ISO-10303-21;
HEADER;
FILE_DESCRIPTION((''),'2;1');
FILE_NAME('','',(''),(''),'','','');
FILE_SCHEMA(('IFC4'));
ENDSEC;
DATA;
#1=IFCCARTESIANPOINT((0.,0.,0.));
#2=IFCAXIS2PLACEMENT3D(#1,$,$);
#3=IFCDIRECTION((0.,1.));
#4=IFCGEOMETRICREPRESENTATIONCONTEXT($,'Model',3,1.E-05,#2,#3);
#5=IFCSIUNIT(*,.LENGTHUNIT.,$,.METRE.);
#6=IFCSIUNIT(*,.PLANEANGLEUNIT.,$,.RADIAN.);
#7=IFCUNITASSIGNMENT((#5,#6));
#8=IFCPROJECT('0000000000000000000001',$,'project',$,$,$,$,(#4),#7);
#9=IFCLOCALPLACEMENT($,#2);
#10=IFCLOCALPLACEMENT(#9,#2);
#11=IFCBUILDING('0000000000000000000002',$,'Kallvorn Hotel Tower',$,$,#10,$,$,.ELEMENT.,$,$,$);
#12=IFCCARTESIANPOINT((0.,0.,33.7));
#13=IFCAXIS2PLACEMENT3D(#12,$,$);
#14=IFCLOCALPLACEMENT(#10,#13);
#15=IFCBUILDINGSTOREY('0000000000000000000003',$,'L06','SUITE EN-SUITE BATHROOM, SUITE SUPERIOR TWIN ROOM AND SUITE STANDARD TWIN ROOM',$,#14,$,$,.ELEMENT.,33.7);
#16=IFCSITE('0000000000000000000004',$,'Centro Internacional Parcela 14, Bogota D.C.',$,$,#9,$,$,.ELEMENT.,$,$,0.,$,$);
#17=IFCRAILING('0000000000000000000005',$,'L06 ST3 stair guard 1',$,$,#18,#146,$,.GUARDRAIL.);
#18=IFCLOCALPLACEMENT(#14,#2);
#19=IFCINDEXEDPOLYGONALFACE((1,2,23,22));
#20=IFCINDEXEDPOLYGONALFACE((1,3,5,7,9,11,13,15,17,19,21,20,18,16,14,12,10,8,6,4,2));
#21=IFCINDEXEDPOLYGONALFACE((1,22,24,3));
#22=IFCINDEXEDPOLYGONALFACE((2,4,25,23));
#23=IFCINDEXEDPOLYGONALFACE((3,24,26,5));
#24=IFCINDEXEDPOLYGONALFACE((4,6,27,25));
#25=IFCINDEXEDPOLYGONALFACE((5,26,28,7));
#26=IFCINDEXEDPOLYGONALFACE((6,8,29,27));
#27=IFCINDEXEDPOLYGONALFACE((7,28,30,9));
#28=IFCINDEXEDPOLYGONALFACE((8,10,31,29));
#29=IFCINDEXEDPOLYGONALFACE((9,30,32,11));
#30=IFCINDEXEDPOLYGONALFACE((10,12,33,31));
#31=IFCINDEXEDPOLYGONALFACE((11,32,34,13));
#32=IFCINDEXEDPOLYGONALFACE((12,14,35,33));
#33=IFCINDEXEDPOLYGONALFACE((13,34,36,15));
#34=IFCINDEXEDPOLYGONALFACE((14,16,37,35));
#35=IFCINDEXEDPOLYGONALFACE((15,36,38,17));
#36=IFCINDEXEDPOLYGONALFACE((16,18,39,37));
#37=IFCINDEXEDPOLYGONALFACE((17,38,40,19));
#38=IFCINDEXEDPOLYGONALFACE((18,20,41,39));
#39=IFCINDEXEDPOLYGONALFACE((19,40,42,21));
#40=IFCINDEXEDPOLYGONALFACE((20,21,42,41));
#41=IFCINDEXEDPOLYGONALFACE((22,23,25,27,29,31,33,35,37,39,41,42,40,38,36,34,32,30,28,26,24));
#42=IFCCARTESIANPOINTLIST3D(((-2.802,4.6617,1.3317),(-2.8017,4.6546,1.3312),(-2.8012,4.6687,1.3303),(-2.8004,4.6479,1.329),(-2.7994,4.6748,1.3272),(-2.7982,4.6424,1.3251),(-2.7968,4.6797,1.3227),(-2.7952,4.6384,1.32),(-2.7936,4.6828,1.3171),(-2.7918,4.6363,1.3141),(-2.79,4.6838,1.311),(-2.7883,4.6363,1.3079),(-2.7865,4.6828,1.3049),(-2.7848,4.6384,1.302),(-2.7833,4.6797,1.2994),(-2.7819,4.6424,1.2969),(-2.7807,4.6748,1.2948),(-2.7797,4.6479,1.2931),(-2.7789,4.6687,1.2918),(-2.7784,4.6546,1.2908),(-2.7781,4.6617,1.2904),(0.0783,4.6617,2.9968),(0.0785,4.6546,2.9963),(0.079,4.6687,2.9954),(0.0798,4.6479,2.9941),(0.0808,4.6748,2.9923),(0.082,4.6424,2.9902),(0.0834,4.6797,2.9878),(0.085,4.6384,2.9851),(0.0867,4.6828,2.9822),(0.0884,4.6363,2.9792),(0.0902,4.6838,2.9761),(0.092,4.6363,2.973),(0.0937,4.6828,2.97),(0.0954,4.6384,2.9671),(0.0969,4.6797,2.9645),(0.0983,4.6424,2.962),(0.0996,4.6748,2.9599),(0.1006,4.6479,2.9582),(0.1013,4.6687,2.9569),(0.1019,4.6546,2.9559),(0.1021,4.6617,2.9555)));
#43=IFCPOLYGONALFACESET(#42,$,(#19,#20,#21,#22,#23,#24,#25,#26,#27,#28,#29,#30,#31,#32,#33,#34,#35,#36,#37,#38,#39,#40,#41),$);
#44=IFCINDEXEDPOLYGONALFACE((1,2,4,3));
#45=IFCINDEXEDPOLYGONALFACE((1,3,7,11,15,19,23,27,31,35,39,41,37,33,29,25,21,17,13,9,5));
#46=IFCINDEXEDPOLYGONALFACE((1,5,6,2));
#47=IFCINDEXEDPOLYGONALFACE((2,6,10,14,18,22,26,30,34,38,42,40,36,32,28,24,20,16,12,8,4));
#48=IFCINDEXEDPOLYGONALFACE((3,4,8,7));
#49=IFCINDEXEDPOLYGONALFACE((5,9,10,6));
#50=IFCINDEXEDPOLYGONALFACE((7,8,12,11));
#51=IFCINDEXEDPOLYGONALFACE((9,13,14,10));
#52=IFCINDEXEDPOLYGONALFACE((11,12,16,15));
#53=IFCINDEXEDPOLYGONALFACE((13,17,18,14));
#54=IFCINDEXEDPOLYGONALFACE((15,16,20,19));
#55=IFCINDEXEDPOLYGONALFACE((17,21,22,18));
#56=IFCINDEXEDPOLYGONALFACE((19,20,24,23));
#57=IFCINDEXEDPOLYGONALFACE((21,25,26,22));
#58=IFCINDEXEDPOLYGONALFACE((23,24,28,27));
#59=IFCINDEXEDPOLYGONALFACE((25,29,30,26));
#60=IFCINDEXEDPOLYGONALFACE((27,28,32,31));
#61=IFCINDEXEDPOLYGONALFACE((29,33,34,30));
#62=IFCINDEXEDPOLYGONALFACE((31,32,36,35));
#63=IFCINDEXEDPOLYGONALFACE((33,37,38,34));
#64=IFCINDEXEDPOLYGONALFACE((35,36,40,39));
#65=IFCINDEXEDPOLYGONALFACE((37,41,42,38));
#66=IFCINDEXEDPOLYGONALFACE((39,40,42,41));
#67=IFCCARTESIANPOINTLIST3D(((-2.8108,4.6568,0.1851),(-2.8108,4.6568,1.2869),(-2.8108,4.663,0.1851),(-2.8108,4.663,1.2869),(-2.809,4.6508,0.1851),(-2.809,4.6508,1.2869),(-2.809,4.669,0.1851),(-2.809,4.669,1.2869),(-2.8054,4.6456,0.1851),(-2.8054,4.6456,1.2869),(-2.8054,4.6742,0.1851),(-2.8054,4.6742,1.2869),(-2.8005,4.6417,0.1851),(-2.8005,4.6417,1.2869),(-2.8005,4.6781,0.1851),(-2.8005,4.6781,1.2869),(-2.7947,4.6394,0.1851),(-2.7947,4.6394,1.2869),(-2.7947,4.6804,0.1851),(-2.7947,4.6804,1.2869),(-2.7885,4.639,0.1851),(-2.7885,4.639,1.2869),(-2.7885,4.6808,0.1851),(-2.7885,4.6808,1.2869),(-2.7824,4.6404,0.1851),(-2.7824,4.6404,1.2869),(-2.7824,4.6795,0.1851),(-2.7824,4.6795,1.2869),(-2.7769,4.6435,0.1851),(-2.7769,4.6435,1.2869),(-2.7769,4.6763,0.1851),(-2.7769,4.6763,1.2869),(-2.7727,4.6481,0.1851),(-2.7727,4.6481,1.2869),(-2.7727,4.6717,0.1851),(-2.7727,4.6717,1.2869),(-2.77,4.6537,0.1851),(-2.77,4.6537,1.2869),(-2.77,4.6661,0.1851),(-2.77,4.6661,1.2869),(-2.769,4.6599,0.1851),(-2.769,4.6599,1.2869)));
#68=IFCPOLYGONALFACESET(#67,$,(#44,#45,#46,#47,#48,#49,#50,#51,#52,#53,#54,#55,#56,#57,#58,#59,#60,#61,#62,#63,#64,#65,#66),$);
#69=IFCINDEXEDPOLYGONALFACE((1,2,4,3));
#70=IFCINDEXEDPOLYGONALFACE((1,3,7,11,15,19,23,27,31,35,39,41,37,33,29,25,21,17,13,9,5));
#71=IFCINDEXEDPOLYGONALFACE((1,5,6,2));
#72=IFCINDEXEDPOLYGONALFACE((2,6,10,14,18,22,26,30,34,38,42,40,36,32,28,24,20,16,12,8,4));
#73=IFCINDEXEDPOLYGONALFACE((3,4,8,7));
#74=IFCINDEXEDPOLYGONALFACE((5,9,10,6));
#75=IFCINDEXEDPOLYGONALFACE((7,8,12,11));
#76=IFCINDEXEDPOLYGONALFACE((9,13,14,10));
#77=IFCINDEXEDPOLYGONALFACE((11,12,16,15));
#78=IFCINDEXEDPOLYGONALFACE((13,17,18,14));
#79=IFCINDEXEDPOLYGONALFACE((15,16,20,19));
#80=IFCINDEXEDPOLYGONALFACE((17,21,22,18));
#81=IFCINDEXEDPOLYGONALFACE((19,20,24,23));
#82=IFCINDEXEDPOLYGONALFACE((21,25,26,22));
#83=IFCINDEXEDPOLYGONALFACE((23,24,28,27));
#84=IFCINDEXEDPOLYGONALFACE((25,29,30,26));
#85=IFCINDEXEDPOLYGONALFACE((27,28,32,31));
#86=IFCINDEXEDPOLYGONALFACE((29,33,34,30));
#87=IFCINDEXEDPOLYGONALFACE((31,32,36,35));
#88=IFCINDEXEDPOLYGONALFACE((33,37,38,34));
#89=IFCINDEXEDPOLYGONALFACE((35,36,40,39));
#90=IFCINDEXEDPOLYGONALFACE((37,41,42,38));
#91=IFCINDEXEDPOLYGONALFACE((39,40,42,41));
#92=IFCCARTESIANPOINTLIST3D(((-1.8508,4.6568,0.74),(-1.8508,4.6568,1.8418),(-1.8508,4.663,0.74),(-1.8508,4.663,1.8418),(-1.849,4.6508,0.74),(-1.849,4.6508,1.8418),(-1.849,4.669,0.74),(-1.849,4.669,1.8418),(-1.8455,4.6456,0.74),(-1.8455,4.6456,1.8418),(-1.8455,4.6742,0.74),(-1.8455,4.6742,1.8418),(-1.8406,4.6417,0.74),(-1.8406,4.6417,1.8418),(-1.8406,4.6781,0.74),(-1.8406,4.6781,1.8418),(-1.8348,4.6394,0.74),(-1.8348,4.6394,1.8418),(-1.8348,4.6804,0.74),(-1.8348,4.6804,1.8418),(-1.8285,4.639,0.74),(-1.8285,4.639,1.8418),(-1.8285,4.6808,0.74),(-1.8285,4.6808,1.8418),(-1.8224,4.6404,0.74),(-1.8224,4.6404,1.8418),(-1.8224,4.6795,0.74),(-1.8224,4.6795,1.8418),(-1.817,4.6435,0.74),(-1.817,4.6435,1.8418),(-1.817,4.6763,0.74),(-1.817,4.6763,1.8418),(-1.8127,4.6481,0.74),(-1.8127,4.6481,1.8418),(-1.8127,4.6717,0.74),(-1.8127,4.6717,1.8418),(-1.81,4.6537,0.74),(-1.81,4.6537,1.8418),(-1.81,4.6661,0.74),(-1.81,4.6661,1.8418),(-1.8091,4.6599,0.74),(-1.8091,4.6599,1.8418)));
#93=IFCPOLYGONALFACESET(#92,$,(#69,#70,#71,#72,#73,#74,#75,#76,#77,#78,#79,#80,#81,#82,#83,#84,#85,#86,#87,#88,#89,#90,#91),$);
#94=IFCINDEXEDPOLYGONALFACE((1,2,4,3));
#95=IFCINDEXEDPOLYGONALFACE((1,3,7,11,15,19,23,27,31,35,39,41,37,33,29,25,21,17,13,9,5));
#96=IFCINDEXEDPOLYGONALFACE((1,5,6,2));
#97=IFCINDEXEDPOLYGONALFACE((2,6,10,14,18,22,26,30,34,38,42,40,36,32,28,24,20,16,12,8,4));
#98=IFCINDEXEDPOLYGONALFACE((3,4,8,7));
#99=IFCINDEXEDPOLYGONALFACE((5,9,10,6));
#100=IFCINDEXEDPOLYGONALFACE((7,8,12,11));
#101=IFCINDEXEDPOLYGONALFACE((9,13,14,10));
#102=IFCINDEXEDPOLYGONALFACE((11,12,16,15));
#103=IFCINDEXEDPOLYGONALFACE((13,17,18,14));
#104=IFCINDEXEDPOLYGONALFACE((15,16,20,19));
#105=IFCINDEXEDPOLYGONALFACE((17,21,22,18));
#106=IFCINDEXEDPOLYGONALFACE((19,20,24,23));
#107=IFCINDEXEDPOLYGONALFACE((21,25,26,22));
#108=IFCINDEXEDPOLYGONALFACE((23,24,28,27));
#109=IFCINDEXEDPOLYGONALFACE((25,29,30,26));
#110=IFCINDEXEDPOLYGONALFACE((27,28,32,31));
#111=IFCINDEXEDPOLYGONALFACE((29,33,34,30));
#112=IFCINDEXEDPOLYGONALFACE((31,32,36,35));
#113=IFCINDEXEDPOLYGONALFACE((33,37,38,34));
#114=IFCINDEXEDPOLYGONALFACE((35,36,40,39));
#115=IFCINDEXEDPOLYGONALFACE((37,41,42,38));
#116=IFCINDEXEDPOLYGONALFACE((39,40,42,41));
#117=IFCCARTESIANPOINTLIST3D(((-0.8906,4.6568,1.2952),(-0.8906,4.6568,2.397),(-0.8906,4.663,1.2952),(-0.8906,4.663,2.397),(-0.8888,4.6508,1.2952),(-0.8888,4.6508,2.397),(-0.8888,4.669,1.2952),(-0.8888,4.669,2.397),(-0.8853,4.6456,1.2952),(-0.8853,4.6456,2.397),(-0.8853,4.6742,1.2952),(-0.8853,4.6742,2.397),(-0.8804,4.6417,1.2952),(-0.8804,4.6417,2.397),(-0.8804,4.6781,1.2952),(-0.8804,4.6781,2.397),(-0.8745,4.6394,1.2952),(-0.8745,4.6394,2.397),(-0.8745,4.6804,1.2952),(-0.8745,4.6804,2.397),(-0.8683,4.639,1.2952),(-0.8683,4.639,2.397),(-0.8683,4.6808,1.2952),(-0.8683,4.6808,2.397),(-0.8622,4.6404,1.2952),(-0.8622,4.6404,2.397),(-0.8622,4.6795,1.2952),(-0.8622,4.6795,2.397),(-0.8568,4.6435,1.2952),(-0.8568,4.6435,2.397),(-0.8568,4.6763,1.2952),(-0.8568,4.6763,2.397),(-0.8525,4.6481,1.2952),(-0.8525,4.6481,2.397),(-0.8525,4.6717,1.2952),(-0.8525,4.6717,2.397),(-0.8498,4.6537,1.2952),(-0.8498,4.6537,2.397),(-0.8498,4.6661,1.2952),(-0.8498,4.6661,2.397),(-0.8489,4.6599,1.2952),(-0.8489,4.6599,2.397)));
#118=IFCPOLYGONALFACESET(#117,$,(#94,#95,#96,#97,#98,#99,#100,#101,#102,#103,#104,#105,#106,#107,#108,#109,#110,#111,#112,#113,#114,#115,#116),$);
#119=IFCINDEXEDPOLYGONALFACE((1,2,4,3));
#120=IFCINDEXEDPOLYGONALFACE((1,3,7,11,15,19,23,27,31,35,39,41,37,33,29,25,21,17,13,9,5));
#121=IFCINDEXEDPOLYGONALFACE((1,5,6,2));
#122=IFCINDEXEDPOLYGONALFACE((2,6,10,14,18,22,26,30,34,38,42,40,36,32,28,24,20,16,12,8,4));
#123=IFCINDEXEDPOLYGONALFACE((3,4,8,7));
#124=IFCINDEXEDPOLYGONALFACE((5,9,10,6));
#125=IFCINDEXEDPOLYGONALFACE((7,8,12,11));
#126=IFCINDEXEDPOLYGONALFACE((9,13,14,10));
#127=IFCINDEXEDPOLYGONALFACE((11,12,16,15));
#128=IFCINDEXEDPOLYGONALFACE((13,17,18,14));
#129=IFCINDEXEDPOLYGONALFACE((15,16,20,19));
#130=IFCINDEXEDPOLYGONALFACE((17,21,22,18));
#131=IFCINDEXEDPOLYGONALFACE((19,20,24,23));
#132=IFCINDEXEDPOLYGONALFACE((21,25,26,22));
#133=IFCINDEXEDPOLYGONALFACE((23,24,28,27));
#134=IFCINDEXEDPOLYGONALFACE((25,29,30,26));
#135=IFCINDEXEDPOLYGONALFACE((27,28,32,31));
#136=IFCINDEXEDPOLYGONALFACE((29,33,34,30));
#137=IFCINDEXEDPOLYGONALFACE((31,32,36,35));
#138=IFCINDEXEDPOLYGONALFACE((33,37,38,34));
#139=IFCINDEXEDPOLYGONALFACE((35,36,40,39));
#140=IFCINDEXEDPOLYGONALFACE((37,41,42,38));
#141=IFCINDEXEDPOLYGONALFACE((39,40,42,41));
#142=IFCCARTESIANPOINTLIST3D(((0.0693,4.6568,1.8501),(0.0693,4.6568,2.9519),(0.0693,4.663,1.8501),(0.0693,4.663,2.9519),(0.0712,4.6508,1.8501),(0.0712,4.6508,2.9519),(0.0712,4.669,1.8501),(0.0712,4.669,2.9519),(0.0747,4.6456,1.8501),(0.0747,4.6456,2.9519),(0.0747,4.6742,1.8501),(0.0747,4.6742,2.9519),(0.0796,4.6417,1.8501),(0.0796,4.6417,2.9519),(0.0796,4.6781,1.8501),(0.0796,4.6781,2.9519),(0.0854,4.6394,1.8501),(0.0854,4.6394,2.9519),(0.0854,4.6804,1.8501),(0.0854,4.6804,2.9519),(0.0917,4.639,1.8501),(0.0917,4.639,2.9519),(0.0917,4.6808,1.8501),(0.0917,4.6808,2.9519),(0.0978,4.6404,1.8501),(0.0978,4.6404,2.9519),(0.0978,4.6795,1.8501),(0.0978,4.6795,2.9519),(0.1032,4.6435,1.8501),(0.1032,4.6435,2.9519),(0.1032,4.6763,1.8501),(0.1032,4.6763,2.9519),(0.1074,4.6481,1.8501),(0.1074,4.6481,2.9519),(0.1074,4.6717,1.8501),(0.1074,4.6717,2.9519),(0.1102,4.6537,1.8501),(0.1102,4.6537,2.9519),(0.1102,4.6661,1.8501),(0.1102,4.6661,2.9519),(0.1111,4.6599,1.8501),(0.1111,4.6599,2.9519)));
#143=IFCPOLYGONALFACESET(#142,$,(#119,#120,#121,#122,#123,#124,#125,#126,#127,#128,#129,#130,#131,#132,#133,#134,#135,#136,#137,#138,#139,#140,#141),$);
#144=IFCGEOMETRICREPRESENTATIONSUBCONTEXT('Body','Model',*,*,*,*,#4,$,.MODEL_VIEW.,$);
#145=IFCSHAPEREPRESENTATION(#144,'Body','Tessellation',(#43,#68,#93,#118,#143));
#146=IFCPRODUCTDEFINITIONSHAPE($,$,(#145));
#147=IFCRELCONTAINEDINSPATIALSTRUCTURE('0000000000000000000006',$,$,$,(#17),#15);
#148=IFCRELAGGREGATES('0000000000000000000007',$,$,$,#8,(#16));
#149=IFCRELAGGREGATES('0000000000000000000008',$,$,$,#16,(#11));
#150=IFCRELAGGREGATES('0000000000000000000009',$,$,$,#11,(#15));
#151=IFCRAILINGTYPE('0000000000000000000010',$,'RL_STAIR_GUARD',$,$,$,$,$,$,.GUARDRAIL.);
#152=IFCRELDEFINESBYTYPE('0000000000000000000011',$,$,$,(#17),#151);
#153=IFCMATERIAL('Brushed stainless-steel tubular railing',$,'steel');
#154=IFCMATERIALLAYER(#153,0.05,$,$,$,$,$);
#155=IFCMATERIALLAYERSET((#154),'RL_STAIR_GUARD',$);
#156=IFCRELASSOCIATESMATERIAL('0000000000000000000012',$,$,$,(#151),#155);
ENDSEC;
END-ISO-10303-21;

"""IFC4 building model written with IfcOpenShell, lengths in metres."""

from ifc_helpers import new_model, si_unit, direction, frame, origin, origin_2d, place, context, subcontext, project, spatial, circle, extrude, material, layer, layer_set, type_object, element, save


model = new_model("IFC4")

# Units and contexts
model_context = context("Model", 3, precision=1e-05, world=origin(), true_north=direction((0.0, 1.0)))
body_context = subcontext(model_context, "Body", "Model", "MODEL_VIEW")
ifc_project = project(units=[si_unit("LENGTHUNIT", "METRE"), si_unit("PLANEANGLEUNIT", "RADIAN")], contexts=[model_context])

# Site, building, storey
site_placement = place(None, origin())
site = spatial("IfcSite", under=ifc_project, at=site_placement, Name="Centro Internacional Parcela 14, Bogota D.C.", CompositionType="ELEMENT", RefElevation=0.0)
building_placement = place(site_placement, origin())
building = spatial("IfcBuilding", under=site, at=building_placement, Name="Kallvorn Hotel Tower", CompositionType="ELEMENT")
storey_placement = place(building_placement, frame((0.0, 0.0, 33.7)))
storey = spatial("IfcBuildingStorey", under=building, at=storey_placement, Name="L06", Description="SUITE EN-SUITE BATHROOM, SUITE SUPERIOR TWIN ROOM AND SUITE STANDARD TWIN ROOM", CompositionType="ELEMENT", Elevation=33.7)

# Railing
ifc_material_1 = material(Name="Brushed stainless-steel tubular railing", Category="steel")
ifc_layer_1 = layer(ifc_material_1, 0.05)
ifc_layer_set_1 = layer_set([ifc_layer_1], Name="RL_STAIR_GUARD")
railing_type_1 = type_object("IfcRailingType", Name="RL_STAIR_GUARD", PredefinedType="GUARDRAIL", material=ifc_layer_set_1)
railing_1_placement = place(storey_placement, frame((-2.79, 4.6599, 0.1851)))
element("IfcRailing", 1, at=railing_1_placement, inside=storey, type_object=railing_type_1, Name="L06 ST3 stair guard 1", PredefinedType="GUARDRAIL", context=body_context, shape_type="SweptSolid", body=[
    extrude(circle(Radius=0.0239, at=origin_2d()), frame((0.0, 0.0, 1.126), z_axis=(0.865739, 0.0, 0.500495), x_axis=(0.0, 1.0, 0.0)), (0.0, 0.0, 1.0), 3.3269),
    extrude(circle(Radius=0.021, at=origin_2d()), origin(), (0.0, 0.0, 1.0), 1.1018),
    extrude(circle(Radius=0.021, at=origin_2d()), frame((0.96, 0.0, 0.5549)), (0.0, 0.0, 1.0), 1.1018),
    extrude(circle(Radius=0.021, at=origin_2d()), frame((1.9202, 0.0, 1.1101)), (0.0, 0.0, 1.0), 1.1018),
    extrude(circle(Radius=0.021, at=origin_2d()), frame((2.8801, 0.0, 1.665)), (0.0, 0.0, 1.0), 1.1018),
])

save(model, "model.ifc")
